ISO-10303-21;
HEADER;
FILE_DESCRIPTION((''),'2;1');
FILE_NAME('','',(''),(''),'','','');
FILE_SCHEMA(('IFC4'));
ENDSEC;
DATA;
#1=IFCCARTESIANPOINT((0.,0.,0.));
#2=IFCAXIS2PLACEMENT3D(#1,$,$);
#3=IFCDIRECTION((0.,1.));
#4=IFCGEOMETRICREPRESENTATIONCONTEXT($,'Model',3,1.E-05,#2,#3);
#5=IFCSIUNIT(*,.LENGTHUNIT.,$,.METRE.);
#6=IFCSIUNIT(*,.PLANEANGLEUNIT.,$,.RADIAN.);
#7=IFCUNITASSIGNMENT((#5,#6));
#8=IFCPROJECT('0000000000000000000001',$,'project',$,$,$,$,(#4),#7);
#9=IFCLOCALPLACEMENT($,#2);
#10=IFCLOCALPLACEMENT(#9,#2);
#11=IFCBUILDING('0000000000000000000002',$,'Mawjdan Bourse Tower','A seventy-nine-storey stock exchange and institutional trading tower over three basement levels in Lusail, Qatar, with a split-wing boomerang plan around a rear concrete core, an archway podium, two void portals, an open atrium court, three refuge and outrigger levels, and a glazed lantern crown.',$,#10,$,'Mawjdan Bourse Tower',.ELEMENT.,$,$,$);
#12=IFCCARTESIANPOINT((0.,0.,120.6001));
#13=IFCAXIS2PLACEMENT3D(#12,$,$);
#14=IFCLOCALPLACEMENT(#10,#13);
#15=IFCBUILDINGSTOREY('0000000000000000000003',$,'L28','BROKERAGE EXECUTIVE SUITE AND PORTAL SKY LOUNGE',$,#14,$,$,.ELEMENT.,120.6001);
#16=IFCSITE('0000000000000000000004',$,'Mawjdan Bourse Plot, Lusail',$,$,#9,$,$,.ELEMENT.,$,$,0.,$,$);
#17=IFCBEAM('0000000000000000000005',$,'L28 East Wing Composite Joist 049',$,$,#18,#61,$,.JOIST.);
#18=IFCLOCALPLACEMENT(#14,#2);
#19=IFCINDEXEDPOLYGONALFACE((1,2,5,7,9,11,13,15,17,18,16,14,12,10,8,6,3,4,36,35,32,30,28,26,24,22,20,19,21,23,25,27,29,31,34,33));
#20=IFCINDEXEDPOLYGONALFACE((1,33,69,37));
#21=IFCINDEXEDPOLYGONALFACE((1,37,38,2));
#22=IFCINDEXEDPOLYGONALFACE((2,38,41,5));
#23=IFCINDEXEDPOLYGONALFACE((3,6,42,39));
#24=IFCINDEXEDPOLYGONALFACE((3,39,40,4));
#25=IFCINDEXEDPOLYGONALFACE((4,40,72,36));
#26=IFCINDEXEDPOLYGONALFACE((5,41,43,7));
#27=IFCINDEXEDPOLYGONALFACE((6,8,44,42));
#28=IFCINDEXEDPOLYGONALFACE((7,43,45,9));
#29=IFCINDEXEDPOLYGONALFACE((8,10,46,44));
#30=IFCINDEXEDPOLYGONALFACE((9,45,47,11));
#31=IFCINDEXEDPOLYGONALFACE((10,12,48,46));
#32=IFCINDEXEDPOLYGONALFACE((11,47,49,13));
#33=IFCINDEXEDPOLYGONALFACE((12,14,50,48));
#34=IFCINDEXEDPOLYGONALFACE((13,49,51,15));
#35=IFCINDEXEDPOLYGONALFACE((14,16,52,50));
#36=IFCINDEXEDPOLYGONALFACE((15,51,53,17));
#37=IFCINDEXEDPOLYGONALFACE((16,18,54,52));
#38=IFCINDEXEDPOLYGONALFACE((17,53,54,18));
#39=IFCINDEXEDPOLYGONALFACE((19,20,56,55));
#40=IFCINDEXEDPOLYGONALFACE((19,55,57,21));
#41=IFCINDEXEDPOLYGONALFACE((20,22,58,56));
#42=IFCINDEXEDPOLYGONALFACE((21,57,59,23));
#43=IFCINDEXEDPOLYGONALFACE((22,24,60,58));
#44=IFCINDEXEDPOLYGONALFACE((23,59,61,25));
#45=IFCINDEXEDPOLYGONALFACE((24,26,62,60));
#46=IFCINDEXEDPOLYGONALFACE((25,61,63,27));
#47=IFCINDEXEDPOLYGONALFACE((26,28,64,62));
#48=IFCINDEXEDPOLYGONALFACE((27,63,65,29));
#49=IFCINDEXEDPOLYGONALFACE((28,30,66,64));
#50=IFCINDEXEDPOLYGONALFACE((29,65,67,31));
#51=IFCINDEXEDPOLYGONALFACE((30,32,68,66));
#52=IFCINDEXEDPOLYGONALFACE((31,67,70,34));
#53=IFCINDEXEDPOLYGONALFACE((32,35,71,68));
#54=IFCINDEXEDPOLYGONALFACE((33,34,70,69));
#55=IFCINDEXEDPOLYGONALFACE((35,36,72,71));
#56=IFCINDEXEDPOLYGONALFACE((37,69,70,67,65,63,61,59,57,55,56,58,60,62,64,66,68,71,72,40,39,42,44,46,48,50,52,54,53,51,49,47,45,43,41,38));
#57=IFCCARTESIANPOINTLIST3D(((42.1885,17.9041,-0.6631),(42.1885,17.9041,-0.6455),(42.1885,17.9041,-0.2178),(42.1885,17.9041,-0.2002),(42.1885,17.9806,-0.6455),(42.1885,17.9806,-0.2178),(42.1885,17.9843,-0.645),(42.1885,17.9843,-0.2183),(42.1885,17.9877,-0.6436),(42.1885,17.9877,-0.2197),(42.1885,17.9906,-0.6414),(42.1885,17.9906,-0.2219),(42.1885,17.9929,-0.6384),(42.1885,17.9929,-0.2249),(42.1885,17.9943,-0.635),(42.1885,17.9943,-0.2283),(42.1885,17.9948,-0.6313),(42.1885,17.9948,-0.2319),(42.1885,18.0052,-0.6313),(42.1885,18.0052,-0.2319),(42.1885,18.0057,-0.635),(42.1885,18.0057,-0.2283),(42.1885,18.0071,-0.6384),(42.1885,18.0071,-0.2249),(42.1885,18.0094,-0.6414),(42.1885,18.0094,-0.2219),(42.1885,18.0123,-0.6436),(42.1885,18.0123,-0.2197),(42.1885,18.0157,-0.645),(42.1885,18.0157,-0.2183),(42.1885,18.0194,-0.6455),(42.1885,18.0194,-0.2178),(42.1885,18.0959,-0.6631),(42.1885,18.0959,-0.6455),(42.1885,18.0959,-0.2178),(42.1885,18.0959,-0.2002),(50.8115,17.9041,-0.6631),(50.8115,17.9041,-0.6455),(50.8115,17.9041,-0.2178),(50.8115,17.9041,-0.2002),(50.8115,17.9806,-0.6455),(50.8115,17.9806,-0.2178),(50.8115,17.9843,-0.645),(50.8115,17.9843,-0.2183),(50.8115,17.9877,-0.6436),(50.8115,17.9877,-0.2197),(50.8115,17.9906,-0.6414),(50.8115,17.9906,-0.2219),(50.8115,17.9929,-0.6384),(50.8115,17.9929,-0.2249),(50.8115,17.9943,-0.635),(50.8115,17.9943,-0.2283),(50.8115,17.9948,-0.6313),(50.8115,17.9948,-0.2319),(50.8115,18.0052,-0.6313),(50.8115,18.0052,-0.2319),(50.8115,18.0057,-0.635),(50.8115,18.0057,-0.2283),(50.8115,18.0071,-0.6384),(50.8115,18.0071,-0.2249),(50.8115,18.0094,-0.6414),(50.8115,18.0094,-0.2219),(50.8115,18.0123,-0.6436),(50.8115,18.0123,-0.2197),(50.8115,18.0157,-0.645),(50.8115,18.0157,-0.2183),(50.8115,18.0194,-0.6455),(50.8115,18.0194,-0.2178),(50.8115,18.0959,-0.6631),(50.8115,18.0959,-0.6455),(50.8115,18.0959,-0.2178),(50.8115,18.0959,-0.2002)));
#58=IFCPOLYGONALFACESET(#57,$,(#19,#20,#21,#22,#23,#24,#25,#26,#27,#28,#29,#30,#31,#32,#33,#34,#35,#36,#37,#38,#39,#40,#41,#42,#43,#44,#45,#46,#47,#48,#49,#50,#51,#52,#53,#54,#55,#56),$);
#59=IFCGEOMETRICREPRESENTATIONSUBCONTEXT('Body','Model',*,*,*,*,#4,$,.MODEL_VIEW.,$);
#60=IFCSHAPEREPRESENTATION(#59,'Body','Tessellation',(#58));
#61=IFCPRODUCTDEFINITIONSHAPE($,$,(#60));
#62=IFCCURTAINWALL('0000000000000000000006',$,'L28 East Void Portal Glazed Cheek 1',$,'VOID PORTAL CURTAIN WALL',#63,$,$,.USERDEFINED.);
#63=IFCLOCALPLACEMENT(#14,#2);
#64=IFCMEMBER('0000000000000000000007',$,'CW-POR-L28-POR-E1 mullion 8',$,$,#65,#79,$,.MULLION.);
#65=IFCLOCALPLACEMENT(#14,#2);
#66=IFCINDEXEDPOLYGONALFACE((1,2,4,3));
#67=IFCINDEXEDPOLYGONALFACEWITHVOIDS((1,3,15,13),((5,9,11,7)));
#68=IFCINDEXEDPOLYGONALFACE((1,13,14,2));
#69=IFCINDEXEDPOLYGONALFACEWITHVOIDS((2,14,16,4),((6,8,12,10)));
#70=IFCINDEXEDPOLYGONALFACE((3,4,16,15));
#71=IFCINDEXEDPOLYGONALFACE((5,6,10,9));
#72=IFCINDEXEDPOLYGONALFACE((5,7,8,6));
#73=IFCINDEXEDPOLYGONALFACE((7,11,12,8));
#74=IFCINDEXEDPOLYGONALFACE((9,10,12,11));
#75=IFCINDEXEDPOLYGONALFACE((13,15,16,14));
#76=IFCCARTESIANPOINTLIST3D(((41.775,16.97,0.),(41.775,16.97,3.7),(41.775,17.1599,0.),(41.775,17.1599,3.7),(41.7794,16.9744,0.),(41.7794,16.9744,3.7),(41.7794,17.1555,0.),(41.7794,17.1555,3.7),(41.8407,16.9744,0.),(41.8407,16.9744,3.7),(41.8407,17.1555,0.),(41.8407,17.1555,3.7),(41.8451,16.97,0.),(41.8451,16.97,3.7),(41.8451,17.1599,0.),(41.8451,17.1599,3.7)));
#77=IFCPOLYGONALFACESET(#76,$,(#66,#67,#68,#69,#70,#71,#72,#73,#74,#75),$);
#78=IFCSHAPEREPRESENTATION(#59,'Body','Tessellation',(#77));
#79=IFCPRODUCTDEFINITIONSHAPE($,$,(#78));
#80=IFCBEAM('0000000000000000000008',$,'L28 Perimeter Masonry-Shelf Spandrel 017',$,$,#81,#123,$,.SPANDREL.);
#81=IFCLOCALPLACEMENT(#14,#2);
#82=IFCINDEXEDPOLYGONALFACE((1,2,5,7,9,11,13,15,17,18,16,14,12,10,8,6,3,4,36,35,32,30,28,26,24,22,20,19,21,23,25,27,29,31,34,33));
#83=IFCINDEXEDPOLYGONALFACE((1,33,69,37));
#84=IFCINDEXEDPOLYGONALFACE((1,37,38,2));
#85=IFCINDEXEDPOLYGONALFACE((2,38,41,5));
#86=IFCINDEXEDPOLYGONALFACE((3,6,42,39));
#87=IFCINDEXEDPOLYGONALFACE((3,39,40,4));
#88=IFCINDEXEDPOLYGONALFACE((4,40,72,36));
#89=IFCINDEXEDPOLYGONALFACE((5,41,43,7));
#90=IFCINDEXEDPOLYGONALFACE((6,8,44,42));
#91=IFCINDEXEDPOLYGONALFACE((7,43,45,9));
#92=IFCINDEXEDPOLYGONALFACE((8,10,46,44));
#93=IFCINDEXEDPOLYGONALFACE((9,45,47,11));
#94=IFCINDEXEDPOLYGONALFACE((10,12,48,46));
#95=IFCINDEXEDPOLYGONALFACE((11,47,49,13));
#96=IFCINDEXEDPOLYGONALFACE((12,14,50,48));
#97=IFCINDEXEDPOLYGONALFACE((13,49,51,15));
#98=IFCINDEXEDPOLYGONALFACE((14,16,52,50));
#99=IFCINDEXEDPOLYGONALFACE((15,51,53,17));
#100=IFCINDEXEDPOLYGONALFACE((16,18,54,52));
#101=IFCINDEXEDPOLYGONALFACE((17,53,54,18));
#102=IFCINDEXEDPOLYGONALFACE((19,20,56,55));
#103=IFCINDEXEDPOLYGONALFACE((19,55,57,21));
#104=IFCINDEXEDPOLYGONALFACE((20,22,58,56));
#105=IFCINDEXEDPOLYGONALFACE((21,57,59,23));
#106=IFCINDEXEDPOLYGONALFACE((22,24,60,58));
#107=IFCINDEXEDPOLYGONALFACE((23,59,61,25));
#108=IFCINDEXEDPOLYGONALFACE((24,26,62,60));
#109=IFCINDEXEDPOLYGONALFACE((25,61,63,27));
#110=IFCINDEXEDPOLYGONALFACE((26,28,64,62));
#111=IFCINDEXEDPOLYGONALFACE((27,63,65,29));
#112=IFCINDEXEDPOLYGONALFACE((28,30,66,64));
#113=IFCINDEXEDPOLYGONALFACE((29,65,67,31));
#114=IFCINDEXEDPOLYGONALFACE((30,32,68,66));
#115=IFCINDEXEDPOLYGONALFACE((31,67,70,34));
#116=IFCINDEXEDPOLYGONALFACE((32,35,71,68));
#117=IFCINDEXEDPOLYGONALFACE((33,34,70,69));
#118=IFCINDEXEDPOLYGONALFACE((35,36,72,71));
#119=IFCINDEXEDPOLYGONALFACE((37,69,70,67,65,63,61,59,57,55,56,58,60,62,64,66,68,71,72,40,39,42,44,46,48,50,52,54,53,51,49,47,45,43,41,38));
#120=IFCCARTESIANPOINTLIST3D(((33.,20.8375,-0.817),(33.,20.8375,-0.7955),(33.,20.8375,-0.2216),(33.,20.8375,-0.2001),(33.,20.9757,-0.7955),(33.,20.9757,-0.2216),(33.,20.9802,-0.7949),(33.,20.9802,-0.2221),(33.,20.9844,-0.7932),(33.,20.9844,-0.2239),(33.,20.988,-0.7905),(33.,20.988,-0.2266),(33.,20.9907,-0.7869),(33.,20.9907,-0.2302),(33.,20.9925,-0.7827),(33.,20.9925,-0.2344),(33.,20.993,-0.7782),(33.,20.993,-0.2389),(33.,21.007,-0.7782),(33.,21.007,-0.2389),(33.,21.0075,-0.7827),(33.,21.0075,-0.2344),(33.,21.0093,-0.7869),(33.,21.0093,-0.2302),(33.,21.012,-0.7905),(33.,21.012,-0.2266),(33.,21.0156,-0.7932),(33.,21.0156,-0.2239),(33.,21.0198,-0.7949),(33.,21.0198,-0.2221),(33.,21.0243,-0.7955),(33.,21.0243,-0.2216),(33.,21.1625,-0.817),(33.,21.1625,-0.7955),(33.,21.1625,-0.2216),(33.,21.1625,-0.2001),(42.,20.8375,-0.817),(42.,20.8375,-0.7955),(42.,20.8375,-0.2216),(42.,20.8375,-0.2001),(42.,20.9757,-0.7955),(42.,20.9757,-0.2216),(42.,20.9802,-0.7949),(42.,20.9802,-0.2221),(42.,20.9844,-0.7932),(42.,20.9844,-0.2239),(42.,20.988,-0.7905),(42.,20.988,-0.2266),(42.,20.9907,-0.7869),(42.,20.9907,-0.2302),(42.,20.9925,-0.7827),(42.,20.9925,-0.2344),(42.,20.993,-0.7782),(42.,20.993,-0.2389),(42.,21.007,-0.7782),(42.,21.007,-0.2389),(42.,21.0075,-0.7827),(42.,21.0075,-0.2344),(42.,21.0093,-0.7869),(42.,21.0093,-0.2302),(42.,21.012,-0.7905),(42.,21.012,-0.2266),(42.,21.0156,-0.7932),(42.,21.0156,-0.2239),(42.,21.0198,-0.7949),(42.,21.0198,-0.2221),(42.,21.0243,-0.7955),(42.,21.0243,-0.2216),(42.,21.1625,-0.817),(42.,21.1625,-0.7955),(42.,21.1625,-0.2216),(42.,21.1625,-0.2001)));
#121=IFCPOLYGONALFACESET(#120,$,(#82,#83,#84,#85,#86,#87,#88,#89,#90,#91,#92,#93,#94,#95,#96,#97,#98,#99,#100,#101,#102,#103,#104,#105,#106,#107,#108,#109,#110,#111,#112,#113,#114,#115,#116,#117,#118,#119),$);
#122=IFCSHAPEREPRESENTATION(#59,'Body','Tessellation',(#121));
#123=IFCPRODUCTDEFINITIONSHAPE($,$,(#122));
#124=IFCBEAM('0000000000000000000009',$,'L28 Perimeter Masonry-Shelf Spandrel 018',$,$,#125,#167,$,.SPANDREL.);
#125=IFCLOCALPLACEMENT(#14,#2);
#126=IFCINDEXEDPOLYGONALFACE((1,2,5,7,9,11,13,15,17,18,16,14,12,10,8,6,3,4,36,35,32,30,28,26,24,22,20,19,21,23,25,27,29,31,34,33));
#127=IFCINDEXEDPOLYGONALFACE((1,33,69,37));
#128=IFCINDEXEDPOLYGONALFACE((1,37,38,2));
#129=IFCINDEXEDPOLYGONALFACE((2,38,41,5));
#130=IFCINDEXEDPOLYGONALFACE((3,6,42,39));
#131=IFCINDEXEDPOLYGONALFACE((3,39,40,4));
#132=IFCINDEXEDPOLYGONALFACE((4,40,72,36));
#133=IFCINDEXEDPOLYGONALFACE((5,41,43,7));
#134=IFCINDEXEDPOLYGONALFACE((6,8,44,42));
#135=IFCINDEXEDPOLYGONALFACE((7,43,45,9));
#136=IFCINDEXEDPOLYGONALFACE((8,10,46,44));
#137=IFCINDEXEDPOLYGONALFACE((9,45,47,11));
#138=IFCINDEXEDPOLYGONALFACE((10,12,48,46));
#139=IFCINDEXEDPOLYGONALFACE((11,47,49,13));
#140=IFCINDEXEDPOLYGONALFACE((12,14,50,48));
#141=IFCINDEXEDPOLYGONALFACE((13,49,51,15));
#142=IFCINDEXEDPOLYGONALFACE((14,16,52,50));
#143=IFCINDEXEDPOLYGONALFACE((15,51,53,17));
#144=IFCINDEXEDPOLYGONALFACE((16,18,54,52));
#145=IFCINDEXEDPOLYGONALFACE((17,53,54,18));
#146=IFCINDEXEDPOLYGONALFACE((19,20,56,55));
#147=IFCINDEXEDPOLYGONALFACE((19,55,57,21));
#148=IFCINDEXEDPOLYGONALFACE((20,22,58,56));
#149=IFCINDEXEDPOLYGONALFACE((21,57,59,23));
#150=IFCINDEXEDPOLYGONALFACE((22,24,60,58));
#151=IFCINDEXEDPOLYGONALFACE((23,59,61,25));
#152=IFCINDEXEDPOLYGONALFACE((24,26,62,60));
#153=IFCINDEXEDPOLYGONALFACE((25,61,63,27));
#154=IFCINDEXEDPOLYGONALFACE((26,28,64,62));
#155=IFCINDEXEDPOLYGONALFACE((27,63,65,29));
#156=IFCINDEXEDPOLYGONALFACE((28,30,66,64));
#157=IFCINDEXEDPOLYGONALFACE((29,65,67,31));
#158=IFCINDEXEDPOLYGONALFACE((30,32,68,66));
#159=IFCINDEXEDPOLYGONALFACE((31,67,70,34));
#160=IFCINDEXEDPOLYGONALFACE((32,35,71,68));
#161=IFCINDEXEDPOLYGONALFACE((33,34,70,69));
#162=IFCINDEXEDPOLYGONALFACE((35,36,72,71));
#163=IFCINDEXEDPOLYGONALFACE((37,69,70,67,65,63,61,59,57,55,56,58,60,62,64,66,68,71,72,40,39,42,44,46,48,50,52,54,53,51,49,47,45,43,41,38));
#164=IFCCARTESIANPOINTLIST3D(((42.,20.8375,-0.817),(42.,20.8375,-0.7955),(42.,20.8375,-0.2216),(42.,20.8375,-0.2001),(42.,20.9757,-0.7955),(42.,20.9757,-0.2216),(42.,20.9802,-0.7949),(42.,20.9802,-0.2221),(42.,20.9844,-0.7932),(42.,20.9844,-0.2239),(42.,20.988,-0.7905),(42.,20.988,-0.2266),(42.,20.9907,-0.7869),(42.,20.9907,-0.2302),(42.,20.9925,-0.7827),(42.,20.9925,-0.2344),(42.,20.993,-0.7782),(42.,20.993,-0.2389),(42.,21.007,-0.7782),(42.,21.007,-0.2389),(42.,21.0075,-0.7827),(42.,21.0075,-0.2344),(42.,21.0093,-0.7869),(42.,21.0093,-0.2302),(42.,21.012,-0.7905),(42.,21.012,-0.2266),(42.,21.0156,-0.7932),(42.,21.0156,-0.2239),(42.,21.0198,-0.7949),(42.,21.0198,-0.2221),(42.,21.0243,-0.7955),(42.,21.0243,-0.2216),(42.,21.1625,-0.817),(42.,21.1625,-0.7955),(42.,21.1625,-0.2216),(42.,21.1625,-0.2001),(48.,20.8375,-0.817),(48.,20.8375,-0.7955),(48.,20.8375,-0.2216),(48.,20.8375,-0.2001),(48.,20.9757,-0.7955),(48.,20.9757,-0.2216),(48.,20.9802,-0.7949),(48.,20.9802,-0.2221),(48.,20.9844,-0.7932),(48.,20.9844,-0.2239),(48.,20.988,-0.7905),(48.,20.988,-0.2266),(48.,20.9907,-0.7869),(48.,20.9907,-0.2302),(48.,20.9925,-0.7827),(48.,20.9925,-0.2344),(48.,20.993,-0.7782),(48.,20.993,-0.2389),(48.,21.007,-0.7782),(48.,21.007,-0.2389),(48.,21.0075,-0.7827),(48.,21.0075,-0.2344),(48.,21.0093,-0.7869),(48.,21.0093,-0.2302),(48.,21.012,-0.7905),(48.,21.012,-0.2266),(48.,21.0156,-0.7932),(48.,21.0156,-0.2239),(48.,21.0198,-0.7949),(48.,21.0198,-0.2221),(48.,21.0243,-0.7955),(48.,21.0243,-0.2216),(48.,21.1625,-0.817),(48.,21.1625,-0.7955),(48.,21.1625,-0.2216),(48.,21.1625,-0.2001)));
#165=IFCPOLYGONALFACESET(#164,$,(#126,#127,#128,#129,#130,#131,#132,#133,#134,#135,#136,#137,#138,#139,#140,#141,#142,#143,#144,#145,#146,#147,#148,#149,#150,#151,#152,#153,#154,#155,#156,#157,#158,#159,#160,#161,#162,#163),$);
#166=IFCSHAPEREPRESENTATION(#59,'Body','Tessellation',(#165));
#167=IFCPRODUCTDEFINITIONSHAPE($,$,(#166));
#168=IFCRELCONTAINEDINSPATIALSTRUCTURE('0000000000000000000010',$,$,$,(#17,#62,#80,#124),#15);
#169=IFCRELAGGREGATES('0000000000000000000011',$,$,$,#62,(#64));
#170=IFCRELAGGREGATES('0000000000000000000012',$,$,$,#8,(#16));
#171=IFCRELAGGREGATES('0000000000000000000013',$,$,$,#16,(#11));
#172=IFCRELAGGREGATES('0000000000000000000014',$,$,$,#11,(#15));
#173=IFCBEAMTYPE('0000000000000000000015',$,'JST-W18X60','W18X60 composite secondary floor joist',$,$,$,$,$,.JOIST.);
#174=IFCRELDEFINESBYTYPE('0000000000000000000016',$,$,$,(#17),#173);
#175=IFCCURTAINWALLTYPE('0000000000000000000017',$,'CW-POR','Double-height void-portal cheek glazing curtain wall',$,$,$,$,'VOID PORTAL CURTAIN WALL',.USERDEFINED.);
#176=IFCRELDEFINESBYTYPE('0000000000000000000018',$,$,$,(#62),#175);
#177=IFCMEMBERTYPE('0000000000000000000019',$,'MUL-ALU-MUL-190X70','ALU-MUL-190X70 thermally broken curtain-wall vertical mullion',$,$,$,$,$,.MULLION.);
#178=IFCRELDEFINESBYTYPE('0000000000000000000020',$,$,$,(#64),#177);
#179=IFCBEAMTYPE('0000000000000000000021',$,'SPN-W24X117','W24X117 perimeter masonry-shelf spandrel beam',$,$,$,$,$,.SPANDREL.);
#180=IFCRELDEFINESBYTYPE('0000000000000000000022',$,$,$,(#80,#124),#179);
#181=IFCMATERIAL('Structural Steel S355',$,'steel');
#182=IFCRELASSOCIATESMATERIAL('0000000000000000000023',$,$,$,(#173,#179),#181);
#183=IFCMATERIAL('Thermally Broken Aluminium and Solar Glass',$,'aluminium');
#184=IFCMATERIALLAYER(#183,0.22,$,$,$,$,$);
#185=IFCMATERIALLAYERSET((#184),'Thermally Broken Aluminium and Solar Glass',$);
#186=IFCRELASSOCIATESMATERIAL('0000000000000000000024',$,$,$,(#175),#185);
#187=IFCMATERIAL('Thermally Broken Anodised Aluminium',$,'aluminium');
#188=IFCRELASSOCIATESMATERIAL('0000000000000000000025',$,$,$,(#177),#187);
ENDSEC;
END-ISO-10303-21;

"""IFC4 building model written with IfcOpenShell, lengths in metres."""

from ifc_helpers import new_model, si_unit, direction, frame, origin, origin_2d, place, context, subcontext, project, spatial, hollow_rectangle, i_section, extrude, material, layer, layer_set, material_profile, profile_set, type_object, element, aggregate, save


model = new_model("IFC4")

# Units and contexts
model_context = context("Model", 3, precision=1e-05, world=origin(), true_north=direction((0.0, 1.0)))
body_context = subcontext(model_context, "Body", "Model", "MODEL_VIEW")
ifc_project = project(units=[si_unit("LENGTHUNIT", "METRE"), si_unit("PLANEANGLEUNIT", "RADIAN")], contexts=[model_context])

# Site, building, storey
site_placement = place(None, origin())
site = spatial("IfcSite", under=ifc_project, at=site_placement, Name="Mawjdan Bourse Plot, Lusail", CompositionType="ELEMENT", RefElevation=0.0)
building_placement = place(site_placement, origin())
building = spatial("IfcBuilding", under=site, at=building_placement, Name="Mawjdan Bourse Tower", Description="A seventy-nine-storey stock exchange and institutional trading tower over three basement levels in Lusail, Qatar, with a split-wing boomerang plan around a rear concrete core, an archway podium, two void portals, an open atrium court, three refuge and outrigger levels, and a glazed lantern crown.", LongName="Mawjdan Bourse Tower", CompositionType="ELEMENT")
storey_placement = place(building_placement, frame((0.0, 0.0, 120.6001)))
storey = spatial("IfcBuildingStorey", under=building, at=storey_placement, Name="L28", Description="BROKERAGE EXECUTIVE SUITE AND PORTAL SKY LOUNGE", CompositionType="ELEMENT", Elevation=120.6001)

# Beam
ifc_material_1 = material(Name="Structural Steel S355", Category="steel")
ifc_material_profile_1 = material_profile(ifc_material_1, i_section(OverallWidth=0.1919, OverallDepth=0.4629, WebThickness=0.0105, FlangeThickness=0.0176, FilletRadius=0.0142, at=origin_2d()), Name="W18X60")
ifc_profile_set_1 = profile_set([ifc_material_profile_1], Name="Structural Steel S355")
beam_type_1 = type_object("IfcBeamType", Name="JST-W18X60", Description="W18X60 composite secondary floor joist", PredefinedType="JOIST", material=ifc_profile_set_1)
for number, where, z_axis, x_axis, name in (
    (1, (42.1885, 18.0, -0.4316), (1.0, 0.0, 0.0), (0.0, 1.0, 0.0), "L28 East Wing Composite Joist 049"),
):
    element("IfcBeam", number, at=place(storey_placement, frame(where, z_axis=z_axis, x_axis=x_axis)), inside=storey, type_object=beam_type_1, Name=name, PredefinedType="JOIST", context=body_context, shape_type="SweptSolid", body=[
        extrude(i_section(OverallWidth=0.1919, OverallDepth=0.4629, WebThickness=0.0105, FlangeThickness=0.0176, FilletRadius=0.0142, at=origin_2d()), origin(), (0.0, 0.0, 1.0), 8.623),
    ])

# Curtain wall, member
ifc_material_2 = material(Name="Thermally Broken Aluminium and Solar Glass", Category="aluminium")
ifc_layer_1 = layer(ifc_material_2, 0.22)
ifc_layer_set_1 = layer_set([ifc_layer_1], Name="Thermally Broken Aluminium and Solar Glass")
curtain_wall_type = type_object("IfcCurtainWallType", Name="CW-POR", Description="Double-height void-portal cheek glazing curtain wall", ElementType="VOID PORTAL CURTAIN WALL", PredefinedType="USERDEFINED", material=ifc_layer_set_1)
curtain_wall_placement = place(storey_placement, origin())
curtain_wall = element("IfcCurtainWall", 2, at=curtain_wall_placement, inside=storey, type_object=curtain_wall_type, Name="L28 East Void Portal Glazed Cheek 1", ObjectType="VOID PORTAL CURTAIN WALL", PredefinedType="USERDEFINED")
ifc_material_3 = material(Name="Thermally Broken Anodised Aluminium", Category="aluminium")
ifc_material_profile_2 = material_profile(ifc_material_3, hollow_rectangle(XDim=0.0701, YDim=0.1899, WallThickness=0.0044, at=origin_2d()), Name="ALU-MUL-190X70")
ifc_profile_set_2 = profile_set([ifc_material_profile_2], Name="Thermally Broken Anodised Aluminium")
member_type = type_object("IfcMemberType", Name="MUL-ALU-MUL-190X70", Description="ALU-MUL-190X70 thermally broken curtain-wall vertical mullion", PredefinedType="MULLION", material=ifc_profile_set_2)
member_placement = place(storey_placement, frame((41.8101, 17.0649, 0.0), z_axis=(0.0, 0.0, 1.0), x_axis=(-1.0, 0.0, 0.0)))
member = element("IfcMember", 3, at=member_placement, type_object=member_type, Name="CW-POR-L28-POR-E1 mullion 8", PredefinedType="MULLION", context=body_context, shape_type="SweptSolid", body=[
    extrude(hollow_rectangle(XDim=0.0701, YDim=0.1899, WallThickness=0.0044, at=origin_2d()), origin(), (0.0, 0.0, 1.0), 3.7),
])

# Beams
ifc_material_profile_3 = material_profile(ifc_material_1, i_section(OverallWidth=0.325, OverallDepth=0.6169, WebThickness=0.0139, FlangeThickness=0.0215, FilletRadius=0.0173, at=origin_2d()), Name="W24X117")
ifc_profile_set_3 = profile_set([ifc_material_profile_3], Name="Structural Steel S355")
beam_type_2 = type_object("IfcBeamType", Name="SPN-W24X117", Description="W24X117 perimeter masonry-shelf spandrel beam", PredefinedType="SPANDREL", material=ifc_profile_set_3)
beam_1_placement = place(storey_placement, frame((33.0, 21.0, -0.5085), z_axis=(1.0, 0.0, 0.0), x_axis=(0.0, 1.0, 0.0)))
element("IfcBeam", 4, at=beam_1_placement, inside=storey, type_object=beam_type_2, Name="L28 Perimeter Masonry-Shelf Spandrel 017", PredefinedType="SPANDREL", context=body_context, shape_type="SweptSolid", body=[
    extrude(i_section(OverallWidth=0.325, OverallDepth=0.6169, WebThickness=0.0139, FlangeThickness=0.0215, FilletRadius=0.0173, at=origin_2d()), origin(), (0.0, 0.0, 1.0), 9.0),
])
beam_2_placement = place(storey_placement, frame((42.0, 21.0, -0.5085), z_axis=(1.0, 0.0, 0.0), x_axis=(0.0, 1.0, 0.0)))
element("IfcBeam", 5, at=beam_2_placement, inside=storey, type_object=beam_type_2, Name="L28 Perimeter Masonry-Shelf Spandrel 018", PredefinedType="SPANDREL", context=body_context, shape_type="SweptSolid", body=[
    extrude(i_section(OverallWidth=0.325, OverallDepth=0.6169, WebThickness=0.0139, FlangeThickness=0.0215, FilletRadius=0.0173, at=origin_2d()), origin(), (0.0, 0.0, 1.0), 6.0),
])

aggregate(curtain_wall, [member])

save(model, "model.ifc")
